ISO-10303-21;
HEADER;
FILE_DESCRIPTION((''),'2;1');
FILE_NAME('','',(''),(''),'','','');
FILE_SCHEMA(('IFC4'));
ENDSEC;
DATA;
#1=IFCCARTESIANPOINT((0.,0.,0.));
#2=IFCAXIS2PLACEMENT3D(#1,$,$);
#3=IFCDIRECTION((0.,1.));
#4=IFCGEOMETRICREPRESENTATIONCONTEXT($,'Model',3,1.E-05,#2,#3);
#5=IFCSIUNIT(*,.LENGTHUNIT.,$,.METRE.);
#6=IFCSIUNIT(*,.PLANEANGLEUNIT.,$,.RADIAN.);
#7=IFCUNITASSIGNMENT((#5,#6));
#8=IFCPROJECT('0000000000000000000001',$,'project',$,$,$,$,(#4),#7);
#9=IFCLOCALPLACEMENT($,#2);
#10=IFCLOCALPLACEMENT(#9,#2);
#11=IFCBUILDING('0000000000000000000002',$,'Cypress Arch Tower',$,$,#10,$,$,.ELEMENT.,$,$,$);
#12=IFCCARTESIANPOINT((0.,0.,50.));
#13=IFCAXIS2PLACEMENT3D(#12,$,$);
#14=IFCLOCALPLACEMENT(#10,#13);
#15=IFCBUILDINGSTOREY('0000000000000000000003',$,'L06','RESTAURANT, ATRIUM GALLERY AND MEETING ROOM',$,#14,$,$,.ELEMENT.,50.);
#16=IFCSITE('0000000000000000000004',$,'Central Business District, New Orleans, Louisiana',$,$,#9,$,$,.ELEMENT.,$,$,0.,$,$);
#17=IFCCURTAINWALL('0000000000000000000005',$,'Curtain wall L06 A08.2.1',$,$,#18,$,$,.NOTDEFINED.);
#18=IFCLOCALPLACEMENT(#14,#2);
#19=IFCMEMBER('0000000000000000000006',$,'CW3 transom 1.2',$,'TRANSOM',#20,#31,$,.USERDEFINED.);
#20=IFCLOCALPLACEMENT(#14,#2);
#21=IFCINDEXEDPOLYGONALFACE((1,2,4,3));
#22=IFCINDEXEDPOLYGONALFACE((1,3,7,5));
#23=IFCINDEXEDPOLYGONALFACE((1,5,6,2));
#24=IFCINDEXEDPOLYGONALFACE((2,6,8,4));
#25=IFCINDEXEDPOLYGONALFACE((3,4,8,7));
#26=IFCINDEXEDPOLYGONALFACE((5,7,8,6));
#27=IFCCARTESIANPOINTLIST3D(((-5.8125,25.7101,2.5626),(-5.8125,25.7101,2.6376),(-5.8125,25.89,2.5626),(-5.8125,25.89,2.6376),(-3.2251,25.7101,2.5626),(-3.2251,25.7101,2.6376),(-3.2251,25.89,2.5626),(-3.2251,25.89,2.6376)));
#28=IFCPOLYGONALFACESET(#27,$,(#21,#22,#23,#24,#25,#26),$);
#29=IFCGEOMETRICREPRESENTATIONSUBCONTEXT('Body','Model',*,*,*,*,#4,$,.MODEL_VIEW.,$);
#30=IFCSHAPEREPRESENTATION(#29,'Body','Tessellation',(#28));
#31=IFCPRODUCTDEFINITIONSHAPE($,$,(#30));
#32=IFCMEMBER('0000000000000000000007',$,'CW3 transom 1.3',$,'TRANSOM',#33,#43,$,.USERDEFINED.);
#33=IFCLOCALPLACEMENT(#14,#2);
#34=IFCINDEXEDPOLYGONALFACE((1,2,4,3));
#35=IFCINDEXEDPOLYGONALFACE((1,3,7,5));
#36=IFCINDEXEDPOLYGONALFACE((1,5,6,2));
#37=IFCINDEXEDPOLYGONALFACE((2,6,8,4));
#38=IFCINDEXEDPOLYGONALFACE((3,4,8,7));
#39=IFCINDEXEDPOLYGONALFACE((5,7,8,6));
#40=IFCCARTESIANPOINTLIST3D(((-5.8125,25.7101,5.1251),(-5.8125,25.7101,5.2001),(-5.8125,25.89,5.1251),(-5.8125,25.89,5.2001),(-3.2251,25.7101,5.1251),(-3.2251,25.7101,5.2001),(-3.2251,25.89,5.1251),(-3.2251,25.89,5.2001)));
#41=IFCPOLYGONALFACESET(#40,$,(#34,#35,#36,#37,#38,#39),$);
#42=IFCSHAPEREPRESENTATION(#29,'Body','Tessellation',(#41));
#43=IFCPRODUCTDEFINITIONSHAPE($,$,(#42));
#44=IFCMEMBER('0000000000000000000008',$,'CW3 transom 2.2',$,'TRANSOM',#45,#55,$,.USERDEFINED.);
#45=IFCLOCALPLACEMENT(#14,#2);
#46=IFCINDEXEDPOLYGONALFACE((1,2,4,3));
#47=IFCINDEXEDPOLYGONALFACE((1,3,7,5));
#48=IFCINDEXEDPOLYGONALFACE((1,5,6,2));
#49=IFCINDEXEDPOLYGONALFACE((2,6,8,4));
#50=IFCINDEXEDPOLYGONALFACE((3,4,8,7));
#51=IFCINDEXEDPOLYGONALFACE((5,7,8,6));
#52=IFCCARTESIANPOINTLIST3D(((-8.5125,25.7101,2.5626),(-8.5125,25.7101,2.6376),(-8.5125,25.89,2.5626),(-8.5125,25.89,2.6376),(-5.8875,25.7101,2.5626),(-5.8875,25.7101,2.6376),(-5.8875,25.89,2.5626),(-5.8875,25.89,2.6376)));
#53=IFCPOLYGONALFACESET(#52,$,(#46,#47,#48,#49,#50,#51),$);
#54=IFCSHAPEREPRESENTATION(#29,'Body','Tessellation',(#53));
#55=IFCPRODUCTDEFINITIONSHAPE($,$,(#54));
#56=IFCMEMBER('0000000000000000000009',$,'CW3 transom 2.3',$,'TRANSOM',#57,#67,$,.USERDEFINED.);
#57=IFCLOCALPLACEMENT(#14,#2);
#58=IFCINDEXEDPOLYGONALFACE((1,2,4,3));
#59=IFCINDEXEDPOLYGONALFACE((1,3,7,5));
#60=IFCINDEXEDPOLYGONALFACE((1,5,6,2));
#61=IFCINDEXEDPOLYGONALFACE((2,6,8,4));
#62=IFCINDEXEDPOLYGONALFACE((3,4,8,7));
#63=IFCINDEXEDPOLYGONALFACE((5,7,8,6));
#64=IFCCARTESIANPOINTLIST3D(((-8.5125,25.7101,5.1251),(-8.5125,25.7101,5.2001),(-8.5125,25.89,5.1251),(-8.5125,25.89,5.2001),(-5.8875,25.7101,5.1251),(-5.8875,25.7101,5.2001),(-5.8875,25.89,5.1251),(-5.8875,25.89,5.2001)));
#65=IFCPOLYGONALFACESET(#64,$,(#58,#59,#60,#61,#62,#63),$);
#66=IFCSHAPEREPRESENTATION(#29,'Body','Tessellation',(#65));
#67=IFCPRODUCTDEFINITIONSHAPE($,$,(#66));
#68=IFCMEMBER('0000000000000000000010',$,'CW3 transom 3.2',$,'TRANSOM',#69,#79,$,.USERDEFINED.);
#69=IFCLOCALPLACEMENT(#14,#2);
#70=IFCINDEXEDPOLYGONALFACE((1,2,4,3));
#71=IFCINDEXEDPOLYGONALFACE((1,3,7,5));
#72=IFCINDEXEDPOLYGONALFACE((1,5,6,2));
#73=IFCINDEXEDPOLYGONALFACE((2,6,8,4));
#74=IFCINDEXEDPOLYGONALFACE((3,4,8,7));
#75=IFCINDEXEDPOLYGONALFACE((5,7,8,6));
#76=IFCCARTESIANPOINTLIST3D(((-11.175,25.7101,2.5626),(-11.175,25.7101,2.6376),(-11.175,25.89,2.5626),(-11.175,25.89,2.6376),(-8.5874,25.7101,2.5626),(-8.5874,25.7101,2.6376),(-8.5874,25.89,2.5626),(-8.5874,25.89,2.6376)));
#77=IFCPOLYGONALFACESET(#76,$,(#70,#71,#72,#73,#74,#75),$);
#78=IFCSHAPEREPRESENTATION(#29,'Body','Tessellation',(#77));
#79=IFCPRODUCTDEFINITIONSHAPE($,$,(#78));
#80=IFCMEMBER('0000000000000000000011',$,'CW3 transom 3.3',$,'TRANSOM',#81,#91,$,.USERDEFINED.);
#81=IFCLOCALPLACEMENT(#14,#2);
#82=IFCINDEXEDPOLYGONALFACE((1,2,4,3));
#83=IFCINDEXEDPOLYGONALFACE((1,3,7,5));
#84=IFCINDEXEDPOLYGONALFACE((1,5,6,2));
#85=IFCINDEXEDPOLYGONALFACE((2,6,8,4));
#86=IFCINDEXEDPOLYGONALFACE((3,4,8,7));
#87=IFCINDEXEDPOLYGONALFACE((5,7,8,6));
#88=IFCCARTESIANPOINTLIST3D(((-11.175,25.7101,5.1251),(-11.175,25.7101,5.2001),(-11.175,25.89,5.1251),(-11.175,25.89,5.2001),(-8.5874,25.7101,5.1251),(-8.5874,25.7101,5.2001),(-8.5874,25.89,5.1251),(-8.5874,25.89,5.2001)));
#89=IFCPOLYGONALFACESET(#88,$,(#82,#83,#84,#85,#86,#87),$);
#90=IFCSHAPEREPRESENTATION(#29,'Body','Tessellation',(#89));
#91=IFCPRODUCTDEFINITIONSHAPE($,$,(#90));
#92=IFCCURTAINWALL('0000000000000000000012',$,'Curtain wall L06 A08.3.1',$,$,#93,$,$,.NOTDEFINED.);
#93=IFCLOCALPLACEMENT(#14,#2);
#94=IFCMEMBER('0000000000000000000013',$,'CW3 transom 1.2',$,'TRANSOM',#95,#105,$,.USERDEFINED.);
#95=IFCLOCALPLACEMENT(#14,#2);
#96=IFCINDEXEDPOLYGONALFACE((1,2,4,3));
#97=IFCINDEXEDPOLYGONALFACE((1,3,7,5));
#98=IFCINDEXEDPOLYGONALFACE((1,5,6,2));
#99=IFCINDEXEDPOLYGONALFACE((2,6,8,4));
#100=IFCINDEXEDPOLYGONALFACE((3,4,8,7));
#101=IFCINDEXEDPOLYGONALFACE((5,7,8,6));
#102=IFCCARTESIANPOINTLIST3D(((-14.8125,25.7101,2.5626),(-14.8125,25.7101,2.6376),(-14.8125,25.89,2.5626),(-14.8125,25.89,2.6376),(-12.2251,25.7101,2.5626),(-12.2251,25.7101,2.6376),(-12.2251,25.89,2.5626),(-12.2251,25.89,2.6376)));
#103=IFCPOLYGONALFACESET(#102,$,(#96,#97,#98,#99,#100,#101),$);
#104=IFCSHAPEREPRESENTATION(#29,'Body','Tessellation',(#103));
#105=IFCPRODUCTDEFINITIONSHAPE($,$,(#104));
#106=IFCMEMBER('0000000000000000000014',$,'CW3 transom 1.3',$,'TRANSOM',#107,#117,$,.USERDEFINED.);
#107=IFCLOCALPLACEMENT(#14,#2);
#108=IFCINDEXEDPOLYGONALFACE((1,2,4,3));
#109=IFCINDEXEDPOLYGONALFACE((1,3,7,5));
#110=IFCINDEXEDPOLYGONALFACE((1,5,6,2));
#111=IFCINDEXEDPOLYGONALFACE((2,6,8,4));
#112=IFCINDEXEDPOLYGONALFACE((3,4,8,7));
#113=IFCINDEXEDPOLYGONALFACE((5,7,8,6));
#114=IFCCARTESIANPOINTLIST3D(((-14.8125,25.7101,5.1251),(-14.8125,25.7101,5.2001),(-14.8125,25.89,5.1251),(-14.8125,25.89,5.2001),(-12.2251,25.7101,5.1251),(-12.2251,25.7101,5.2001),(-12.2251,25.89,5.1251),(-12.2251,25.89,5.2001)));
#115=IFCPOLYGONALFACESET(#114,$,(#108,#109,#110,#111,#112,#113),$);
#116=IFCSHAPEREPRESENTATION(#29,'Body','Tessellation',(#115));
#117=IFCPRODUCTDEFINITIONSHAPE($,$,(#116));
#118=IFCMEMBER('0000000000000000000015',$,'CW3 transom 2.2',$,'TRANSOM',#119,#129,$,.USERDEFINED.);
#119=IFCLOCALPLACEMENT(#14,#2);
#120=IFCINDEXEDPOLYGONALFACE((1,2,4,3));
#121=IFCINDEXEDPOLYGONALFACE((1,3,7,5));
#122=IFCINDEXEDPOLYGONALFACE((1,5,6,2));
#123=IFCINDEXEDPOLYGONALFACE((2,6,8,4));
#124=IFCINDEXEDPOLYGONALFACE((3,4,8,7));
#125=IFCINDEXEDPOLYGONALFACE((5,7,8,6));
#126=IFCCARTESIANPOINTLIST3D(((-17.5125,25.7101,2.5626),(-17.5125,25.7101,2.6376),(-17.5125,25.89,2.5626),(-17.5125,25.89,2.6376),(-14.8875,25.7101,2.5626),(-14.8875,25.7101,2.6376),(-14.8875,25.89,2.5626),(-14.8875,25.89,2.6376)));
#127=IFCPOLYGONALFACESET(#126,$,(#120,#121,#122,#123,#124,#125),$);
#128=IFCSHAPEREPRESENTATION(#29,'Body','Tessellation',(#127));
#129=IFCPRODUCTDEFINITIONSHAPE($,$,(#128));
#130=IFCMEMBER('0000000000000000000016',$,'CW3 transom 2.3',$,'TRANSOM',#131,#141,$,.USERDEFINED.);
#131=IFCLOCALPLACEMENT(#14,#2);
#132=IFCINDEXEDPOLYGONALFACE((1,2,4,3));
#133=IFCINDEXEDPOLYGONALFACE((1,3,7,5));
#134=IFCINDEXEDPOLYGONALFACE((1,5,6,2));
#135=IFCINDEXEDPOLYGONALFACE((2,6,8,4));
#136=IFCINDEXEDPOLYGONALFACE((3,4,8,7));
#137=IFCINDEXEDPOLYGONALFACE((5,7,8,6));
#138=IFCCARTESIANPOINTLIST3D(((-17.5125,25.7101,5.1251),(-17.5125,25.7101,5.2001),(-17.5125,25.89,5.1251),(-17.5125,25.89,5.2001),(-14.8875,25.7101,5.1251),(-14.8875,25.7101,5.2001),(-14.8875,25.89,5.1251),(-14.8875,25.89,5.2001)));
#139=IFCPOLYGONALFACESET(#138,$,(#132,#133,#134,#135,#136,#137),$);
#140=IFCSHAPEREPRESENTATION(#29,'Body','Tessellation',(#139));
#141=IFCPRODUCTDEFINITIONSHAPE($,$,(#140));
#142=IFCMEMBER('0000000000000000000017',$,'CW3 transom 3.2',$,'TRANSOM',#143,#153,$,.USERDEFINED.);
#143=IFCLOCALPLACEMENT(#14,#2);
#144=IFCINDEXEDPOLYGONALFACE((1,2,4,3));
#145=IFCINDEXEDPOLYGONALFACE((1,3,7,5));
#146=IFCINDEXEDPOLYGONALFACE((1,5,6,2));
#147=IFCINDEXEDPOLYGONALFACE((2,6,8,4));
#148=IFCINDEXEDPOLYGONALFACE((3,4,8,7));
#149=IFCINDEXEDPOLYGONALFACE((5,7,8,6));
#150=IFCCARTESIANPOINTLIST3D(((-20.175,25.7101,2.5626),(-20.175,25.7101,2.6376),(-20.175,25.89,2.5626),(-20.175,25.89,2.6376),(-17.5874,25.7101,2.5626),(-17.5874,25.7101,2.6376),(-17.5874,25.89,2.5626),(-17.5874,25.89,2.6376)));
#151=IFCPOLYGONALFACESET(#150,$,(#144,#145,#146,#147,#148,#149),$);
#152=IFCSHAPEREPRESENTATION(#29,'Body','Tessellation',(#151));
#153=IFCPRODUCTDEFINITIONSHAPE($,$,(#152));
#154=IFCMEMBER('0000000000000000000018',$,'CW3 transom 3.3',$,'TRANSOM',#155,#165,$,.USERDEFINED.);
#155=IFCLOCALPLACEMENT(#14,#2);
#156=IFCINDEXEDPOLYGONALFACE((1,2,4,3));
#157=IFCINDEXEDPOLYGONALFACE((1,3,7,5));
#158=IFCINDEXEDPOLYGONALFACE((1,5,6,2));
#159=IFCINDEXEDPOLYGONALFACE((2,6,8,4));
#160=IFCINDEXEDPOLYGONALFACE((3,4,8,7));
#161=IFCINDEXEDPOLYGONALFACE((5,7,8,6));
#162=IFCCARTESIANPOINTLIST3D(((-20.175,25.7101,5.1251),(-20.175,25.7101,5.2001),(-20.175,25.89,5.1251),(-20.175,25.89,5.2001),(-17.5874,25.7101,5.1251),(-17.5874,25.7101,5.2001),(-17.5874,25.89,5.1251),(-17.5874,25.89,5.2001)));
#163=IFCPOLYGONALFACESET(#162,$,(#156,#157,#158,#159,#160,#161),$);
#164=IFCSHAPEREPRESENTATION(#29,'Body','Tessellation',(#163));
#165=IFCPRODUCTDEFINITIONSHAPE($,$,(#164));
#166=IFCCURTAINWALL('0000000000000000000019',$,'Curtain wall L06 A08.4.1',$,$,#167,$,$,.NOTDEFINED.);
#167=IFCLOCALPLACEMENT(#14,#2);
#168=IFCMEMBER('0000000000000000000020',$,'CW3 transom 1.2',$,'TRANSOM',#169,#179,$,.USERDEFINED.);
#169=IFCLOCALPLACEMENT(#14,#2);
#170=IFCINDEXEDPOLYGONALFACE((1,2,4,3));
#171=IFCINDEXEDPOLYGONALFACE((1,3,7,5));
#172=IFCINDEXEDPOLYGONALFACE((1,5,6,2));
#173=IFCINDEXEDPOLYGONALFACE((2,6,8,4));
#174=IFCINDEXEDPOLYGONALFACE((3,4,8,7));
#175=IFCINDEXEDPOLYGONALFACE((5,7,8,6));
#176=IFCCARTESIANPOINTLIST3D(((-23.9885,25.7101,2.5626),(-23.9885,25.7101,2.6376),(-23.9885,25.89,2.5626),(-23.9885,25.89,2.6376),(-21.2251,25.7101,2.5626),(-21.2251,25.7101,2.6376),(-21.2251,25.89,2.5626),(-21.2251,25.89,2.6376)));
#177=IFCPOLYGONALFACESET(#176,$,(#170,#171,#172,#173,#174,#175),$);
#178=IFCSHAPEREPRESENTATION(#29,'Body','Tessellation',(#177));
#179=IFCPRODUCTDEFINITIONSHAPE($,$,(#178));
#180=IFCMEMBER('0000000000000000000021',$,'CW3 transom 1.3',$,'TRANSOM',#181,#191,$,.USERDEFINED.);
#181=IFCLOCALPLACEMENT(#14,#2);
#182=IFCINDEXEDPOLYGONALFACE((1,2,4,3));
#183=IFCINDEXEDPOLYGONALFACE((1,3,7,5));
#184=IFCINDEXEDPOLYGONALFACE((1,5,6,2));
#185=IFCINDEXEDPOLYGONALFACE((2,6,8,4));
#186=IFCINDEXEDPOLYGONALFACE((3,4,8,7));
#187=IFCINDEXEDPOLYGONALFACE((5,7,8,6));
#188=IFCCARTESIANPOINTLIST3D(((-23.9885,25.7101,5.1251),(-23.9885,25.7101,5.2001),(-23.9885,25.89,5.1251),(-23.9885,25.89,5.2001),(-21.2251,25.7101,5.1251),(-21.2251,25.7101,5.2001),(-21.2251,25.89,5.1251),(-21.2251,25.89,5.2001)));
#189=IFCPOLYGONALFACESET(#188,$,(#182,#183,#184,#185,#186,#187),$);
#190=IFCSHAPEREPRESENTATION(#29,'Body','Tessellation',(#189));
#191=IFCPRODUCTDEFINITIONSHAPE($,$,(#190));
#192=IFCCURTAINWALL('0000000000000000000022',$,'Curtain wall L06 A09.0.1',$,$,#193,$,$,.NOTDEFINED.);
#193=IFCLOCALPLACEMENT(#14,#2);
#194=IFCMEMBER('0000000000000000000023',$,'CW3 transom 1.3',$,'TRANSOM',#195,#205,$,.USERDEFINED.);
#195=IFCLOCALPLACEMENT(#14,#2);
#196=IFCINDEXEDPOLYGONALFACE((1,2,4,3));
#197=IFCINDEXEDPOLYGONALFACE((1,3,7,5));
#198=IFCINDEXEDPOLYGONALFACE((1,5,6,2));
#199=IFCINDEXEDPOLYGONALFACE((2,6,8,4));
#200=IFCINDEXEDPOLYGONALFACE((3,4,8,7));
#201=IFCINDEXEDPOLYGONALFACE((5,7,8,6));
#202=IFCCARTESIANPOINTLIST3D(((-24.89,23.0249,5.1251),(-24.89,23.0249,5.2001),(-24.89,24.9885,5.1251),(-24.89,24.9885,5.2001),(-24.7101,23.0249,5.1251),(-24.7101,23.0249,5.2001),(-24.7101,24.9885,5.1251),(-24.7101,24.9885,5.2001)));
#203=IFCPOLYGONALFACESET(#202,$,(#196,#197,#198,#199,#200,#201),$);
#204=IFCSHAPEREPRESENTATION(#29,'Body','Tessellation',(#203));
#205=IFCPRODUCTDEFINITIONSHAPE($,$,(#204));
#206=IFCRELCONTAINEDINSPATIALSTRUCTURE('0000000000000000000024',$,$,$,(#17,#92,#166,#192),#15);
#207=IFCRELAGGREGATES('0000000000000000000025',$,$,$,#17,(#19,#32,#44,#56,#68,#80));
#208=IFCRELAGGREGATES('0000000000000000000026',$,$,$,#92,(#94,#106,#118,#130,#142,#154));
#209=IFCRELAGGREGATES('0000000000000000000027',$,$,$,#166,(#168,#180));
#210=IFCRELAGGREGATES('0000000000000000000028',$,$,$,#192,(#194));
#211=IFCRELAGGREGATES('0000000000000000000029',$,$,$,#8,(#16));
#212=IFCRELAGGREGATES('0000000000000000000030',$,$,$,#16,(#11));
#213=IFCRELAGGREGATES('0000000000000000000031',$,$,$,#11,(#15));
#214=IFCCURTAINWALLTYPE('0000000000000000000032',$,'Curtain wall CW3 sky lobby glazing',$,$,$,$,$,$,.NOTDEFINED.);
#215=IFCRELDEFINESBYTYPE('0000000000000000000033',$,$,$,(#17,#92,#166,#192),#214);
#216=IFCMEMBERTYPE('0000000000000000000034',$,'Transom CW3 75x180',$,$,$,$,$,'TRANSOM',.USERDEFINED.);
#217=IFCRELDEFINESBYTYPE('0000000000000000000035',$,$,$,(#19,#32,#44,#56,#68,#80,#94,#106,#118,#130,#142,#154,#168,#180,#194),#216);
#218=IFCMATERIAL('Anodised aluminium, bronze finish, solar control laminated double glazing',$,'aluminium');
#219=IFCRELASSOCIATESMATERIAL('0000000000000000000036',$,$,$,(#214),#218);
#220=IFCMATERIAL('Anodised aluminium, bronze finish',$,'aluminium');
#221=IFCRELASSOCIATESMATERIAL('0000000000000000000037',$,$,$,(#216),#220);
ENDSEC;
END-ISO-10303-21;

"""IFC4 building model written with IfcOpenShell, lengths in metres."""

from ifc_helpers import new_model, si_unit, direction, frame, origin, origin_2d, place, context, subcontext, project, spatial, rectangle, extrude, material, material_profile, profile_set, type_object, element, aggregate, save


model = new_model("IFC4")

# Units and contexts
model_context = context("Model", 3, precision=1e-05, world=origin(), true_north=direction((0.0, 1.0)))
body_context = subcontext(model_context, "Body", "Model", "MODEL_VIEW")
ifc_project = project(units=[si_unit("LENGTHUNIT", "METRE"), si_unit("PLANEANGLEUNIT", "RADIAN")], contexts=[model_context])

# Site, building, storey
site_placement = place(None, origin())
site = spatial("IfcSite", under=ifc_project, at=site_placement, Name="Central Business District, New Orleans, Louisiana", CompositionType="ELEMENT", RefElevation=0.0)
building_placement = place(site_placement, origin())
building = spatial("IfcBuilding", under=site, at=building_placement, Name="Cypress Arch Tower", CompositionType="ELEMENT")
storey_placement = place(building_placement, frame((0.0, 0.0, 50.0)))
storey = spatial("IfcBuildingStorey", under=building, at=storey_placement, Name="L06", Description="RESTAURANT, ATRIUM GALLERY AND MEETING ROOM", CompositionType="ELEMENT", Elevation=50.0)

# Curtain walls, members
ifc_material_1 = material(Name="Anodised aluminium, bronze finish, solar control laminated double glazing", Category="aluminium")
curtain_wall_type = type_object("IfcCurtainWallType", Name="Curtain wall CW3 sky lobby glazing", PredefinedType="NOTDEFINED", material=ifc_material_1)
curtain_wall_1_placement = place(storey_placement, origin())
curtain_wall_1 = element("IfcCurtainWall", 1, at=curtain_wall_1_placement, inside=storey, type_object=curtain_wall_type, Name="Curtain wall L06 A08.2.1", PredefinedType="NOTDEFINED")
ifc_material_2 = material(Name="Anodised aluminium, bronze finish", Category="aluminium")
ifc_material_profile_1 = material_profile(ifc_material_2, rectangle(XDim=0.1799, YDim=0.075, at=origin_2d()), Name="Transom 75x180")
ifc_profile_set_1 = profile_set([ifc_material_profile_1], Name="Anodised aluminium, bronze finish")
member_type = type_object("IfcMemberType", Name="Transom CW3 75x180", ElementType="TRANSOM", PredefinedType="USERDEFINED", material=ifc_profile_set_1)
member_1_placement = place(storey_placement, frame((-3.2251, 25.8, 2.6001), z_axis=(-1.0, 0.0, 0.0), x_axis=(0.0, -1.0, 0.0)))
member_1 = element("IfcMember", 2, at=member_1_placement, type_object=member_type, Name="CW3 transom 1.2", ObjectType="TRANSOM", PredefinedType="USERDEFINED", context=body_context, shape_type="SweptSolid", body=[
    extrude(rectangle(XDim=0.1799, YDim=0.075, at=origin_2d()), origin(), (0.0, 0.0, 1.0), 2.5874),
])
member_2_placement = place(storey_placement, frame((-3.2251, 25.8, 5.1626), z_axis=(-1.0, 0.0, 0.0), x_axis=(0.0, -1.0, 0.0)))
member_2 = element("IfcMember", 3, at=member_2_placement, type_object=member_type, Name="CW3 transom 1.3", ObjectType="TRANSOM", PredefinedType="USERDEFINED", context=body_context, shape_type="SweptSolid", body=[
    extrude(rectangle(XDim=0.1799, YDim=0.075, at=origin_2d()), origin(), (0.0, 0.0, 1.0), 2.5874),
])
member_3_placement = place(storey_placement, frame((-5.8875, 25.8, 2.6001), z_axis=(-1.0, 0.0, 0.0), x_axis=(0.0, -1.0, 0.0)))
member_3 = element("IfcMember", 4, at=member_3_placement, type_object=member_type, Name="CW3 transom 2.2", ObjectType="TRANSOM", PredefinedType="USERDEFINED", context=body_context, shape_type="SweptSolid", body=[
    extrude(rectangle(XDim=0.1799, YDim=0.075, at=origin_2d()), origin(), (0.0, 0.0, 1.0), 2.625),
])
member_4_placement = place(storey_placement, frame((-5.8875, 25.8, 5.1626), z_axis=(-1.0, 0.0, 0.0), x_axis=(0.0, -1.0, 0.0)))
member_4 = element("IfcMember", 5, at=member_4_placement, type_object=member_type, Name="CW3 transom 2.3", ObjectType="TRANSOM", PredefinedType="USERDEFINED", context=body_context, shape_type="SweptSolid", body=[
    extrude(rectangle(XDim=0.1799, YDim=0.075, at=origin_2d()), origin(), (0.0, 0.0, 1.0), 2.625),
])
member_5_placement = place(storey_placement, frame((-8.5874, 25.8, 2.6001), z_axis=(-1.0, 0.0, 0.0), x_axis=(0.0, -1.0, 0.0)))
member_5 = element("IfcMember", 6, at=member_5_placement, type_object=member_type, Name="CW3 transom 3.2", ObjectType="TRANSOM", PredefinedType="USERDEFINED", context=body_context, shape_type="SweptSolid", body=[
    extrude(rectangle(XDim=0.1799, YDim=0.075, at=origin_2d()), origin(), (0.0, 0.0, 1.0), 2.5876),
])
member_6_placement = place(storey_placement, frame((-8.5874, 25.8, 5.1626), z_axis=(-1.0, 0.0, 0.0), x_axis=(0.0, -1.0, 0.0)))
member_6 = element("IfcMember", 7, at=member_6_placement, type_object=member_type, Name="CW3 transom 3.3", ObjectType="TRANSOM", PredefinedType="USERDEFINED", context=body_context, shape_type="SweptSolid", body=[
    extrude(rectangle(XDim=0.1799, YDim=0.075, at=origin_2d()), origin(), (0.0, 0.0, 1.0), 2.5876),
])
curtain_wall_2_placement = place(storey_placement, origin())
curtain_wall_2 = element("IfcCurtainWall", 8, at=curtain_wall_2_placement, inside=storey, type_object=curtain_wall_type, Name="Curtain wall L06 A08.3.1", PredefinedType="NOTDEFINED")
member_7_placement = place(storey_placement, frame((-12.2251, 25.8, 2.6001), z_axis=(-1.0, 0.0, 0.0), x_axis=(0.0, -1.0, 0.0)))
member_7 = element("IfcMember", 9, at=member_7_placement, type_object=member_type, Name="CW3 transom 1.2", ObjectType="TRANSOM", PredefinedType="USERDEFINED", context=body_context, shape_type="SweptSolid", body=[
    extrude(rectangle(XDim=0.1799, YDim=0.075, at=origin_2d()), origin(), (0.0, 0.0, 1.0), 2.5874),
])
member_8_placement = place(storey_placement, frame((-12.2251, 25.8, 5.1626), z_axis=(-1.0, 0.0, 0.0), x_axis=(0.0, -1.0, 0.0)))
member_8 = element("IfcMember", 10, at=member_8_placement, type_object=member_type, Name="CW3 transom 1.3", ObjectType="TRANSOM", PredefinedType="USERDEFINED", context=body_context, shape_type="SweptSolid", body=[
    extrude(rectangle(XDim=0.1799, YDim=0.075, at=origin_2d()), origin(), (0.0, 0.0, 1.0), 2.5874),
])
member_9_placement = place(storey_placement, frame((-14.8875, 25.8, 2.6001), z_axis=(-1.0, 0.0, 0.0), x_axis=(0.0, -1.0, 0.0)))
member_9 = element("IfcMember", 11, at=member_9_placement, type_object=member_type, Name="CW3 transom 2.2", ObjectType="TRANSOM", PredefinedType="USERDEFINED", context=body_context, shape_type="SweptSolid", body=[
    extrude(rectangle(XDim=0.1799, YDim=0.075, at=origin_2d()), origin(), (0.0, 0.0, 1.0), 2.625),
])
member_10_placement = place(storey_placement, frame((-14.8875, 25.8, 5.1626), z_axis=(-1.0, 0.0, 0.0), x_axis=(0.0, -1.0, 0.0)))
member_10 = element("IfcMember", 12, at=member_10_placement, type_object=member_type, Name="CW3 transom 2.3", ObjectType="TRANSOM", PredefinedType="USERDEFINED", context=body_context, shape_type="SweptSolid", body=[
    extrude(rectangle(XDim=0.1799, YDim=0.075, at=origin_2d()), origin(), (0.0, 0.0, 1.0), 2.625),
])
member_11_placement = place(storey_placement, frame((-17.5874, 25.8, 2.6001), z_axis=(-1.0, 0.0, 0.0), x_axis=(0.0, -1.0, 0.0)))
member_11 = element("IfcMember", 13, at=member_11_placement, type_object=member_type, Name="CW3 transom 3.2", ObjectType="TRANSOM", PredefinedType="USERDEFINED", context=body_context, shape_type="SweptSolid", body=[
    extrude(rectangle(XDim=0.1799, YDim=0.075, at=origin_2d()), origin(), (0.0, 0.0, 1.0), 2.5876),
])
member_12_placement = place(storey_placement, frame((-17.5874, 25.8, 5.1626), z_axis=(-1.0, 0.0, 0.0), x_axis=(0.0, -1.0, 0.0)))
member_12 = element("IfcMember", 14, at=member_12_placement, type_object=member_type, Name="CW3 transom 3.3", ObjectType="TRANSOM", PredefinedType="USERDEFINED", context=body_context, shape_type="SweptSolid", body=[
    extrude(rectangle(XDim=0.1799, YDim=0.075, at=origin_2d()), origin(), (0.0, 0.0, 1.0), 2.5876),
])
curtain_wall_3_placement = place(storey_placement, origin())
curtain_wall_3 = element("IfcCurtainWall", 15, at=curtain_wall_3_placement, inside=storey, type_object=curtain_wall_type, Name="Curtain wall L06 A08.4.1", PredefinedType="NOTDEFINED")
member_13_placement = place(storey_placement, frame((-21.2251, 25.8, 2.6001), z_axis=(-1.0, 0.0, 0.0), x_axis=(0.0, -1.0, 0.0)))
member_13 = element("IfcMember", 16, at=member_13_placement, type_object=member_type, Name="CW3 transom 1.2", ObjectType="TRANSOM", PredefinedType="USERDEFINED", context=body_context, shape_type="SweptSolid", body=[
    extrude(rectangle(XDim=0.1799, YDim=0.075, at=origin_2d()), origin(), (0.0, 0.0, 1.0), 2.7634),
])
member_14_placement = place(storey_placement, frame((-21.2251, 25.8, 5.1626), z_axis=(-1.0, 0.0, 0.0), x_axis=(0.0, -1.0, 0.0)))
member_14 = element("IfcMember", 17, at=member_14_placement, type_object=member_type, Name="CW3 transom 1.3", ObjectType="TRANSOM", PredefinedType="USERDEFINED", context=body_context, shape_type="SweptSolid", body=[
    extrude(rectangle(XDim=0.1799, YDim=0.075, at=origin_2d()), origin(), (0.0, 0.0, 1.0), 2.7634),
])

# Curtain wall, member
curtain_wall_4_placement = place(storey_placement, origin())
curtain_wall_4 = element("IfcCurtainWall", 18, at=curtain_wall_4_placement, inside=storey, type_object=curtain_wall_type, Name="Curtain wall L06 A09.0.1", PredefinedType="NOTDEFINED")
member_15_placement = place(storey_placement, frame((-24.8, 24.9885, 5.1626), z_axis=(0.0, -1.0, 0.0), x_axis=(1.0, 0.0, 0.0)))
member_15 = element("IfcMember", 19, at=member_15_placement, type_object=member_type, Name="CW3 transom 1.3", ObjectType="TRANSOM", PredefinedType="USERDEFINED", context=body_context, shape_type="SweptSolid", body=[
    extrude(rectangle(XDim=0.1799, YDim=0.075, at=origin_2d()), origin(), (0.0, 0.0, 1.0), 1.9636),
])

aggregate(curtain_wall_1, [member_1, member_2, member_3, member_4, member_5, member_6])
aggregate(curtain_wall_2, [member_7, member_8, member_9, member_10, member_11, member_12])
aggregate(curtain_wall_3, [member_13, member_14])
aggregate(curtain_wall_4, [member_15])

save(model, "model.ifc")
